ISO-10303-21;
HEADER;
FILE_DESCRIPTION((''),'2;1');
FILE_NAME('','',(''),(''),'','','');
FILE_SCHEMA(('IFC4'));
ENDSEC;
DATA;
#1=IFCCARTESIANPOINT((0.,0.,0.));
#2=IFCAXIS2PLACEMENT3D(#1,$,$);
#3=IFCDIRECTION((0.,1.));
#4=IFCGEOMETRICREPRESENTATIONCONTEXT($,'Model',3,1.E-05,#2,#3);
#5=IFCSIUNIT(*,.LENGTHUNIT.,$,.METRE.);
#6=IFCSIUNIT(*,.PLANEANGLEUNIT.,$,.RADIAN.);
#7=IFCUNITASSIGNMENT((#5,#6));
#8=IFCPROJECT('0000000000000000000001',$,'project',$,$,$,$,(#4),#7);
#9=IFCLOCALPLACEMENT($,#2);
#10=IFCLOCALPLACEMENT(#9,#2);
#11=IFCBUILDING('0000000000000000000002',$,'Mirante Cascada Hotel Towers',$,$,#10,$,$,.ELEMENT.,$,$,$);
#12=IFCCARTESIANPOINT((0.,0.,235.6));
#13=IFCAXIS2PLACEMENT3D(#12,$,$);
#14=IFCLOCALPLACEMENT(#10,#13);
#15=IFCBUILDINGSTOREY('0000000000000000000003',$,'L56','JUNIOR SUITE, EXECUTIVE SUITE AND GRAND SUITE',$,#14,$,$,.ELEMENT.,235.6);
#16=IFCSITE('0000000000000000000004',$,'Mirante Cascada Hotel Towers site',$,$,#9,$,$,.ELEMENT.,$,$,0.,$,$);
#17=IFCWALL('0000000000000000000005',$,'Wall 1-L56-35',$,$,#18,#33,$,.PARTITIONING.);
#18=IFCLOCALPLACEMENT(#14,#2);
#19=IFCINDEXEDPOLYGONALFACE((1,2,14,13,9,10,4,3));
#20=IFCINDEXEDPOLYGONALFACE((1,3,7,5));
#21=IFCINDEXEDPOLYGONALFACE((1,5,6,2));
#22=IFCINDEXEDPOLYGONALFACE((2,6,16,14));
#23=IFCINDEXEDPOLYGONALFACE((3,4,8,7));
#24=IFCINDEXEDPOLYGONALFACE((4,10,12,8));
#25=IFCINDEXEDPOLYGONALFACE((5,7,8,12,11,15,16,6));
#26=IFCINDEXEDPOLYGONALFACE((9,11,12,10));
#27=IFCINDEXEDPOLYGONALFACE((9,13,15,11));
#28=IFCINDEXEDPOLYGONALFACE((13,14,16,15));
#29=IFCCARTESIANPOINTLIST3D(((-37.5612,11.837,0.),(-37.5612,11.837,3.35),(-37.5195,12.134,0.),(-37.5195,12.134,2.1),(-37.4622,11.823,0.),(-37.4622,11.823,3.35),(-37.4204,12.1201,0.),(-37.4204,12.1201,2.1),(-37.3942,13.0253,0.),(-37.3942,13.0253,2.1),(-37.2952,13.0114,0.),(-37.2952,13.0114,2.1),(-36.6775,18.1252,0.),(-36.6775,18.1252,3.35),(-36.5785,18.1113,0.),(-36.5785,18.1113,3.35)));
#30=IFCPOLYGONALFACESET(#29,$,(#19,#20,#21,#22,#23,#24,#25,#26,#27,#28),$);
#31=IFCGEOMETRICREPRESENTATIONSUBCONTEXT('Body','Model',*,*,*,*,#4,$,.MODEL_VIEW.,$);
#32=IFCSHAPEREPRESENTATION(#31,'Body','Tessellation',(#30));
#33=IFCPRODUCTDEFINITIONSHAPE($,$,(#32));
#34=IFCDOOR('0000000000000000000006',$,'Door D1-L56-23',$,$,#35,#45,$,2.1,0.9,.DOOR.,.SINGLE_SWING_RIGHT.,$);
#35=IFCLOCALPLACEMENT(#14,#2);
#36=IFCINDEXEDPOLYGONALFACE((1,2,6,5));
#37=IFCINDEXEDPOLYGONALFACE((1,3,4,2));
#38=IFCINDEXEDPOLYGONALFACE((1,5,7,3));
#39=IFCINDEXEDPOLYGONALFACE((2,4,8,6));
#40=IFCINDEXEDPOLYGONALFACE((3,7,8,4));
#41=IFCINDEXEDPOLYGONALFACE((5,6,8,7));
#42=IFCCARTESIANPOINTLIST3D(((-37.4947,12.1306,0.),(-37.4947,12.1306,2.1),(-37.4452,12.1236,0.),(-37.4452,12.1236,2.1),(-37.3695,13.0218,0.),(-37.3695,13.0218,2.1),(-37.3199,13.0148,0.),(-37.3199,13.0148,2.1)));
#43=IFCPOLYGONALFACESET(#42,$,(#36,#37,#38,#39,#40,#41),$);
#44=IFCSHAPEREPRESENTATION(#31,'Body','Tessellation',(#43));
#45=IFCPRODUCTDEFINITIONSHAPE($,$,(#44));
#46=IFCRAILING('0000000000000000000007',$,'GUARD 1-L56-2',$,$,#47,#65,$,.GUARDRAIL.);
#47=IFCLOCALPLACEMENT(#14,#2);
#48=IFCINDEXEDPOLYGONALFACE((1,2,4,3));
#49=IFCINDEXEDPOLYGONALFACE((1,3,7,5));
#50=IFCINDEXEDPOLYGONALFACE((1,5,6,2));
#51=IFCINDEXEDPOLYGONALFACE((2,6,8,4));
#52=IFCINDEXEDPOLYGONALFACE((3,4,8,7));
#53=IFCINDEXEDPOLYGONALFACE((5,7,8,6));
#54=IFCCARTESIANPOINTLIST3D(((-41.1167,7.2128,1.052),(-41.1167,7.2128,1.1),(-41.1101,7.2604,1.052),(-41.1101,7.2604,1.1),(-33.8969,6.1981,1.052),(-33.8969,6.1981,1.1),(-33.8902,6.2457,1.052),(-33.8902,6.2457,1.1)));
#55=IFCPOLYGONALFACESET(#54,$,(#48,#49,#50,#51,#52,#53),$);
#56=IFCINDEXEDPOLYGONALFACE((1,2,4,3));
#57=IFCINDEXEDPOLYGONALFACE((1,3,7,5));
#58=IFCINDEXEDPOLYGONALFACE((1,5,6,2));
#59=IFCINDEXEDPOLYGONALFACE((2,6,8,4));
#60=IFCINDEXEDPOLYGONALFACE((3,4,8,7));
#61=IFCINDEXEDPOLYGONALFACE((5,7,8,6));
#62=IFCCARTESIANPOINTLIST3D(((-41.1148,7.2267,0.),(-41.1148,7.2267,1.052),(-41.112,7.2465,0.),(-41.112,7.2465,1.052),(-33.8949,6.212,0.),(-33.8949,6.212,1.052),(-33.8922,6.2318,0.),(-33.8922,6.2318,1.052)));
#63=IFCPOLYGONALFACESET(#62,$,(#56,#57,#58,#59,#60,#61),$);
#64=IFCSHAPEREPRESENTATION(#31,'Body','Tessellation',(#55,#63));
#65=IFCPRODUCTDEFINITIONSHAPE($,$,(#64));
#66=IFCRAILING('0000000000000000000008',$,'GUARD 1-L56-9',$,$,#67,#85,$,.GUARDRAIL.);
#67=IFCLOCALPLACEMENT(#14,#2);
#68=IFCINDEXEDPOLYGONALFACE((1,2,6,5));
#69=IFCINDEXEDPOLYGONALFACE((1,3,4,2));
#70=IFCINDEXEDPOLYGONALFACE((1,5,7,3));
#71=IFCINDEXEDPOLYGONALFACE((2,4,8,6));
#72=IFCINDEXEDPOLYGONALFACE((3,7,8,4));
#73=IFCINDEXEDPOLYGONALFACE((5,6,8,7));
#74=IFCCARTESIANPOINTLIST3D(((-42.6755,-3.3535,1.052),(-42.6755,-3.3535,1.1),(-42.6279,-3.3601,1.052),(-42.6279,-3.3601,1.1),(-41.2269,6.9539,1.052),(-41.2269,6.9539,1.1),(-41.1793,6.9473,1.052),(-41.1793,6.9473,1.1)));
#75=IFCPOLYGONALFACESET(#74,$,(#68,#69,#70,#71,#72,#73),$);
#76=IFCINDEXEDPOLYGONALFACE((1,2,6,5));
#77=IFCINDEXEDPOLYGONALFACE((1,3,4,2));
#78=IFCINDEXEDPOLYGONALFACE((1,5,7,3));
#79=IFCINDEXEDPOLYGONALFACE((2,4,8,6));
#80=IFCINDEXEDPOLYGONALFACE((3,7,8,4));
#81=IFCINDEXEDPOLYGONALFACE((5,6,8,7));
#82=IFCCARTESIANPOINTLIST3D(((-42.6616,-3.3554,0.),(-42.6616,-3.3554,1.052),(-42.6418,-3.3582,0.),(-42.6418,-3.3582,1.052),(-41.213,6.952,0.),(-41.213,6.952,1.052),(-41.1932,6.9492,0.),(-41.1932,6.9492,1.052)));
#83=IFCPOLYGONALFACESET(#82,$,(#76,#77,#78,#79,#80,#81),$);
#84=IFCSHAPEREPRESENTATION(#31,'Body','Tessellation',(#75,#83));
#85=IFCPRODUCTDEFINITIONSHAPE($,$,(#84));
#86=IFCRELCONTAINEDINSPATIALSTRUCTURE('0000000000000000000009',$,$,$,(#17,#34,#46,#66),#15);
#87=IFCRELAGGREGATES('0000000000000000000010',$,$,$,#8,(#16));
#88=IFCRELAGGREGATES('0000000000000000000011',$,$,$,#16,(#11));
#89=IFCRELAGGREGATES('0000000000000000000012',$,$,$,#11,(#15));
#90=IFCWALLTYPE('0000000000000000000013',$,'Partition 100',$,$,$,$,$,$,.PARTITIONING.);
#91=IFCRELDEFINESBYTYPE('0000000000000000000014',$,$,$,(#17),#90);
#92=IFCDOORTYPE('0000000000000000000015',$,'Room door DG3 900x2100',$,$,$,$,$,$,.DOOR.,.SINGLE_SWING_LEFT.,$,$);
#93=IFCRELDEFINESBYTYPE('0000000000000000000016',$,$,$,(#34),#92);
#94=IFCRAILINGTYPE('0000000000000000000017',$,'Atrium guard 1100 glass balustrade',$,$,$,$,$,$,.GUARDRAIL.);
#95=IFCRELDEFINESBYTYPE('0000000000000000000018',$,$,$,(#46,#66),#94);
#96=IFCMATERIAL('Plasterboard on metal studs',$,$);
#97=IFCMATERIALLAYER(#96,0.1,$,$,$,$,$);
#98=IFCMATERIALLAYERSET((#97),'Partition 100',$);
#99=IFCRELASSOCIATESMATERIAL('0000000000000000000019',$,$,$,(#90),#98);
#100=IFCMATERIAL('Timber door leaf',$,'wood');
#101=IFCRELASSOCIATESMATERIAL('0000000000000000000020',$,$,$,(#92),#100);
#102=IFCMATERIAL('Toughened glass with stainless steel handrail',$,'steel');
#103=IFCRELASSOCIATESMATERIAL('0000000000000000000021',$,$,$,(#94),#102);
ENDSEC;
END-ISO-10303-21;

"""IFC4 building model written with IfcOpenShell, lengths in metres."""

from ifc_helpers import new_model, si_unit, direction, frame, frame_2d, origin, origin_2d, place, context, subcontext, project, spatial, rectangle, extrude, material, layer, layer_set, type_object, element, fill, save


model = new_model("IFC4")

# Units and contexts
model_context = context("Model", 3, precision=1e-05, world=origin(), true_north=direction((0.0, 1.0)))
body_context = subcontext(model_context, "Body", "Model", "MODEL_VIEW")
ifc_project = project(units=[si_unit("LENGTHUNIT", "METRE"), si_unit("PLANEANGLEUNIT", "RADIAN")], contexts=[model_context])

# Site, building, storey
site_placement = place(None, origin())
site = spatial("IfcSite", under=ifc_project, at=site_placement, Name="Mirante Cascada Hotel Towers site", CompositionType="ELEMENT", RefElevation=0.0)
building_placement = place(site_placement, origin())
building = spatial("IfcBuilding", under=site, at=building_placement, Name="Mirante Cascada Hotel Towers", CompositionType="ELEMENT")
storey_placement = place(building_placement, frame((0.0, 0.0, 235.6)))
storey = spatial("IfcBuildingStorey", under=building, at=storey_placement, Name="L56", Description="JUNIOR SUITE, EXECUTIVE SUITE AND GRAND SUITE", CompositionType="ELEMENT", Elevation=235.6)

# Shared definitions
ifc_material_1 = material(Name="Plasterboard on metal studs")
ifc_layer_1 = layer(ifc_material_1, 0.1)
ifc_layer_set_1 = layer_set([ifc_layer_1], Name="Partition 100")
wall_type_1 = type_object("IfcWallType", Name="Partition 100", PredefinedType="PARTITIONING", material=ifc_layer_set_1)

# Shared definitions
ifc_material_2 = material(Name="Timber door leaf", Category="wood")
door_type_1 = type_object("IfcDoorType", Name="Room door DG3 900x2100", OperationType="SINGLE_SWING_LEFT", PredefinedType="DOOR", material=ifc_material_2)

# Wall, opening, door
wall_1_placement = place(storey_placement, frame((-37.5117, 11.83, 0.0), z_axis=(0.0, 0.0, 1.0), x_axis=(0.139166, 0.990269, 0.0)))
wall_1 = element("IfcWall", 1, at=wall_1_placement, inside=storey, type_object=wall_type_1, Name="Wall 1-L56-35", PredefinedType="PARTITIONING", context=body_context, shape_type="SweptSolid", body=[
    extrude(rectangle(XDim=6.35, YDim=0.1, at=frame_2d((3.175, 0.0))), origin(), (0.0, 0.0, 1.0), 3.35),
])
opening_1_placement = place(wall_1_placement, frame((0.3, 0.0, 0.0)))
opening_1 = element("IfcOpeningElement", 2, at=opening_1_placement, cuts=wall_1, PredefinedType="OPENING", context=body_context, shape_type="SweptSolid", body=[
    extrude(rectangle(XDim=0.9, YDim=2.1, at=frame_2d((0.45, 1.05))), frame((0.0, 0.05, 0.0), z_axis=(0.0, -1.0, 0.0), x_axis=(1.0, 0.0, 0.0)), (0.0, 0.0, 1.0), 0.1),
])
door_1_placement = place(opening_1_placement, frame((0.9, 0.0, 0.0), z_axis=(0.0, 0.0, 1.0), x_axis=(-1.0, 0.0, 0.0)))
door_1 = element("IfcDoor", 3, at=door_1_placement, inside=storey, type_object=door_type_1, Name="Door D1-L56-23", OperationType="SINGLE_SWING_RIGHT", OverallHeight=2.1, OverallWidth=0.9, PredefinedType="DOOR", context=body_context, shape_type="SweptSolid", body=[
    extrude(rectangle(XDim=0.9, YDim=2.1, at=frame_2d((0.45, 1.05))), frame((0.0, 0.025, 0.0), z_axis=(0.0, -1.0, 0.0), x_axis=(1.0, 0.0, 0.0)), (0.0, 0.0, 1.0), 0.05),
])
fill(opening_1, door_1)

# Railings
ifc_material_3 = material(Name="Toughened glass with stainless steel handrail", Category="steel")
railing_type = type_object("IfcRailingType", Name="Atrium guard 1100 glass balustrade", PredefinedType="GUARDRAIL", material=ifc_material_3)
railing_1_placement = place(storey_placement, frame((-41.1134, 7.2366, 0.0)))
element("IfcRailing", 4, at=railing_1_placement, inside=storey, type_object=railing_type, Name="GUARD 1-L56-2", PredefinedType="GUARDRAIL", context=body_context, shape_type="SweptSolid", body=[
    extrude(rectangle(XDim=0.048, YDim=0.048, at=origin_2d()), frame((0.0, 0.0, 1.076), z_axis=(0.990268, -0.139176, 0.0), x_axis=(0.139176, 0.990268, 0.0)), (0.0, 0.0, 1.0), 7.2908),
    extrude(rectangle(XDim=0.02, YDim=1.052, at=origin_2d()), frame((0.0, 0.0, 0.526), z_axis=(0.990268, -0.139176, 0.0), x_axis=(0.139176, 0.990268, 0.0)), (0.0, 0.0, 1.0), 7.2908),
])
railing_2_placement = place(storey_placement, frame((-41.2031, 6.9506, 0.0)))
element("IfcRailing", 5, at=railing_2_placement, inside=storey, type_object=railing_type, Name="GUARD 1-L56-9", PredefinedType="GUARDRAIL", context=body_context, shape_type="SweptSolid", body=[
    extrude(rectangle(XDim=0.048, YDim=0.048, at=origin_2d()), frame((0.0, 0.0, 1.076), z_axis=(-0.139172, -0.990268, 0.0), x_axis=(0.990268, -0.139172, 0.0)), (0.0, 0.0, 1.0), 10.4087),
    extrude(rectangle(XDim=0.02, YDim=1.052, at=origin_2d()), frame((0.0, 0.0, 0.526), z_axis=(-0.139172, -0.990268, 0.0), x_axis=(0.990268, -0.139172, 0.0)), (0.0, 0.0, 1.0), 10.4087),
])

save(model, "model.ifc")
